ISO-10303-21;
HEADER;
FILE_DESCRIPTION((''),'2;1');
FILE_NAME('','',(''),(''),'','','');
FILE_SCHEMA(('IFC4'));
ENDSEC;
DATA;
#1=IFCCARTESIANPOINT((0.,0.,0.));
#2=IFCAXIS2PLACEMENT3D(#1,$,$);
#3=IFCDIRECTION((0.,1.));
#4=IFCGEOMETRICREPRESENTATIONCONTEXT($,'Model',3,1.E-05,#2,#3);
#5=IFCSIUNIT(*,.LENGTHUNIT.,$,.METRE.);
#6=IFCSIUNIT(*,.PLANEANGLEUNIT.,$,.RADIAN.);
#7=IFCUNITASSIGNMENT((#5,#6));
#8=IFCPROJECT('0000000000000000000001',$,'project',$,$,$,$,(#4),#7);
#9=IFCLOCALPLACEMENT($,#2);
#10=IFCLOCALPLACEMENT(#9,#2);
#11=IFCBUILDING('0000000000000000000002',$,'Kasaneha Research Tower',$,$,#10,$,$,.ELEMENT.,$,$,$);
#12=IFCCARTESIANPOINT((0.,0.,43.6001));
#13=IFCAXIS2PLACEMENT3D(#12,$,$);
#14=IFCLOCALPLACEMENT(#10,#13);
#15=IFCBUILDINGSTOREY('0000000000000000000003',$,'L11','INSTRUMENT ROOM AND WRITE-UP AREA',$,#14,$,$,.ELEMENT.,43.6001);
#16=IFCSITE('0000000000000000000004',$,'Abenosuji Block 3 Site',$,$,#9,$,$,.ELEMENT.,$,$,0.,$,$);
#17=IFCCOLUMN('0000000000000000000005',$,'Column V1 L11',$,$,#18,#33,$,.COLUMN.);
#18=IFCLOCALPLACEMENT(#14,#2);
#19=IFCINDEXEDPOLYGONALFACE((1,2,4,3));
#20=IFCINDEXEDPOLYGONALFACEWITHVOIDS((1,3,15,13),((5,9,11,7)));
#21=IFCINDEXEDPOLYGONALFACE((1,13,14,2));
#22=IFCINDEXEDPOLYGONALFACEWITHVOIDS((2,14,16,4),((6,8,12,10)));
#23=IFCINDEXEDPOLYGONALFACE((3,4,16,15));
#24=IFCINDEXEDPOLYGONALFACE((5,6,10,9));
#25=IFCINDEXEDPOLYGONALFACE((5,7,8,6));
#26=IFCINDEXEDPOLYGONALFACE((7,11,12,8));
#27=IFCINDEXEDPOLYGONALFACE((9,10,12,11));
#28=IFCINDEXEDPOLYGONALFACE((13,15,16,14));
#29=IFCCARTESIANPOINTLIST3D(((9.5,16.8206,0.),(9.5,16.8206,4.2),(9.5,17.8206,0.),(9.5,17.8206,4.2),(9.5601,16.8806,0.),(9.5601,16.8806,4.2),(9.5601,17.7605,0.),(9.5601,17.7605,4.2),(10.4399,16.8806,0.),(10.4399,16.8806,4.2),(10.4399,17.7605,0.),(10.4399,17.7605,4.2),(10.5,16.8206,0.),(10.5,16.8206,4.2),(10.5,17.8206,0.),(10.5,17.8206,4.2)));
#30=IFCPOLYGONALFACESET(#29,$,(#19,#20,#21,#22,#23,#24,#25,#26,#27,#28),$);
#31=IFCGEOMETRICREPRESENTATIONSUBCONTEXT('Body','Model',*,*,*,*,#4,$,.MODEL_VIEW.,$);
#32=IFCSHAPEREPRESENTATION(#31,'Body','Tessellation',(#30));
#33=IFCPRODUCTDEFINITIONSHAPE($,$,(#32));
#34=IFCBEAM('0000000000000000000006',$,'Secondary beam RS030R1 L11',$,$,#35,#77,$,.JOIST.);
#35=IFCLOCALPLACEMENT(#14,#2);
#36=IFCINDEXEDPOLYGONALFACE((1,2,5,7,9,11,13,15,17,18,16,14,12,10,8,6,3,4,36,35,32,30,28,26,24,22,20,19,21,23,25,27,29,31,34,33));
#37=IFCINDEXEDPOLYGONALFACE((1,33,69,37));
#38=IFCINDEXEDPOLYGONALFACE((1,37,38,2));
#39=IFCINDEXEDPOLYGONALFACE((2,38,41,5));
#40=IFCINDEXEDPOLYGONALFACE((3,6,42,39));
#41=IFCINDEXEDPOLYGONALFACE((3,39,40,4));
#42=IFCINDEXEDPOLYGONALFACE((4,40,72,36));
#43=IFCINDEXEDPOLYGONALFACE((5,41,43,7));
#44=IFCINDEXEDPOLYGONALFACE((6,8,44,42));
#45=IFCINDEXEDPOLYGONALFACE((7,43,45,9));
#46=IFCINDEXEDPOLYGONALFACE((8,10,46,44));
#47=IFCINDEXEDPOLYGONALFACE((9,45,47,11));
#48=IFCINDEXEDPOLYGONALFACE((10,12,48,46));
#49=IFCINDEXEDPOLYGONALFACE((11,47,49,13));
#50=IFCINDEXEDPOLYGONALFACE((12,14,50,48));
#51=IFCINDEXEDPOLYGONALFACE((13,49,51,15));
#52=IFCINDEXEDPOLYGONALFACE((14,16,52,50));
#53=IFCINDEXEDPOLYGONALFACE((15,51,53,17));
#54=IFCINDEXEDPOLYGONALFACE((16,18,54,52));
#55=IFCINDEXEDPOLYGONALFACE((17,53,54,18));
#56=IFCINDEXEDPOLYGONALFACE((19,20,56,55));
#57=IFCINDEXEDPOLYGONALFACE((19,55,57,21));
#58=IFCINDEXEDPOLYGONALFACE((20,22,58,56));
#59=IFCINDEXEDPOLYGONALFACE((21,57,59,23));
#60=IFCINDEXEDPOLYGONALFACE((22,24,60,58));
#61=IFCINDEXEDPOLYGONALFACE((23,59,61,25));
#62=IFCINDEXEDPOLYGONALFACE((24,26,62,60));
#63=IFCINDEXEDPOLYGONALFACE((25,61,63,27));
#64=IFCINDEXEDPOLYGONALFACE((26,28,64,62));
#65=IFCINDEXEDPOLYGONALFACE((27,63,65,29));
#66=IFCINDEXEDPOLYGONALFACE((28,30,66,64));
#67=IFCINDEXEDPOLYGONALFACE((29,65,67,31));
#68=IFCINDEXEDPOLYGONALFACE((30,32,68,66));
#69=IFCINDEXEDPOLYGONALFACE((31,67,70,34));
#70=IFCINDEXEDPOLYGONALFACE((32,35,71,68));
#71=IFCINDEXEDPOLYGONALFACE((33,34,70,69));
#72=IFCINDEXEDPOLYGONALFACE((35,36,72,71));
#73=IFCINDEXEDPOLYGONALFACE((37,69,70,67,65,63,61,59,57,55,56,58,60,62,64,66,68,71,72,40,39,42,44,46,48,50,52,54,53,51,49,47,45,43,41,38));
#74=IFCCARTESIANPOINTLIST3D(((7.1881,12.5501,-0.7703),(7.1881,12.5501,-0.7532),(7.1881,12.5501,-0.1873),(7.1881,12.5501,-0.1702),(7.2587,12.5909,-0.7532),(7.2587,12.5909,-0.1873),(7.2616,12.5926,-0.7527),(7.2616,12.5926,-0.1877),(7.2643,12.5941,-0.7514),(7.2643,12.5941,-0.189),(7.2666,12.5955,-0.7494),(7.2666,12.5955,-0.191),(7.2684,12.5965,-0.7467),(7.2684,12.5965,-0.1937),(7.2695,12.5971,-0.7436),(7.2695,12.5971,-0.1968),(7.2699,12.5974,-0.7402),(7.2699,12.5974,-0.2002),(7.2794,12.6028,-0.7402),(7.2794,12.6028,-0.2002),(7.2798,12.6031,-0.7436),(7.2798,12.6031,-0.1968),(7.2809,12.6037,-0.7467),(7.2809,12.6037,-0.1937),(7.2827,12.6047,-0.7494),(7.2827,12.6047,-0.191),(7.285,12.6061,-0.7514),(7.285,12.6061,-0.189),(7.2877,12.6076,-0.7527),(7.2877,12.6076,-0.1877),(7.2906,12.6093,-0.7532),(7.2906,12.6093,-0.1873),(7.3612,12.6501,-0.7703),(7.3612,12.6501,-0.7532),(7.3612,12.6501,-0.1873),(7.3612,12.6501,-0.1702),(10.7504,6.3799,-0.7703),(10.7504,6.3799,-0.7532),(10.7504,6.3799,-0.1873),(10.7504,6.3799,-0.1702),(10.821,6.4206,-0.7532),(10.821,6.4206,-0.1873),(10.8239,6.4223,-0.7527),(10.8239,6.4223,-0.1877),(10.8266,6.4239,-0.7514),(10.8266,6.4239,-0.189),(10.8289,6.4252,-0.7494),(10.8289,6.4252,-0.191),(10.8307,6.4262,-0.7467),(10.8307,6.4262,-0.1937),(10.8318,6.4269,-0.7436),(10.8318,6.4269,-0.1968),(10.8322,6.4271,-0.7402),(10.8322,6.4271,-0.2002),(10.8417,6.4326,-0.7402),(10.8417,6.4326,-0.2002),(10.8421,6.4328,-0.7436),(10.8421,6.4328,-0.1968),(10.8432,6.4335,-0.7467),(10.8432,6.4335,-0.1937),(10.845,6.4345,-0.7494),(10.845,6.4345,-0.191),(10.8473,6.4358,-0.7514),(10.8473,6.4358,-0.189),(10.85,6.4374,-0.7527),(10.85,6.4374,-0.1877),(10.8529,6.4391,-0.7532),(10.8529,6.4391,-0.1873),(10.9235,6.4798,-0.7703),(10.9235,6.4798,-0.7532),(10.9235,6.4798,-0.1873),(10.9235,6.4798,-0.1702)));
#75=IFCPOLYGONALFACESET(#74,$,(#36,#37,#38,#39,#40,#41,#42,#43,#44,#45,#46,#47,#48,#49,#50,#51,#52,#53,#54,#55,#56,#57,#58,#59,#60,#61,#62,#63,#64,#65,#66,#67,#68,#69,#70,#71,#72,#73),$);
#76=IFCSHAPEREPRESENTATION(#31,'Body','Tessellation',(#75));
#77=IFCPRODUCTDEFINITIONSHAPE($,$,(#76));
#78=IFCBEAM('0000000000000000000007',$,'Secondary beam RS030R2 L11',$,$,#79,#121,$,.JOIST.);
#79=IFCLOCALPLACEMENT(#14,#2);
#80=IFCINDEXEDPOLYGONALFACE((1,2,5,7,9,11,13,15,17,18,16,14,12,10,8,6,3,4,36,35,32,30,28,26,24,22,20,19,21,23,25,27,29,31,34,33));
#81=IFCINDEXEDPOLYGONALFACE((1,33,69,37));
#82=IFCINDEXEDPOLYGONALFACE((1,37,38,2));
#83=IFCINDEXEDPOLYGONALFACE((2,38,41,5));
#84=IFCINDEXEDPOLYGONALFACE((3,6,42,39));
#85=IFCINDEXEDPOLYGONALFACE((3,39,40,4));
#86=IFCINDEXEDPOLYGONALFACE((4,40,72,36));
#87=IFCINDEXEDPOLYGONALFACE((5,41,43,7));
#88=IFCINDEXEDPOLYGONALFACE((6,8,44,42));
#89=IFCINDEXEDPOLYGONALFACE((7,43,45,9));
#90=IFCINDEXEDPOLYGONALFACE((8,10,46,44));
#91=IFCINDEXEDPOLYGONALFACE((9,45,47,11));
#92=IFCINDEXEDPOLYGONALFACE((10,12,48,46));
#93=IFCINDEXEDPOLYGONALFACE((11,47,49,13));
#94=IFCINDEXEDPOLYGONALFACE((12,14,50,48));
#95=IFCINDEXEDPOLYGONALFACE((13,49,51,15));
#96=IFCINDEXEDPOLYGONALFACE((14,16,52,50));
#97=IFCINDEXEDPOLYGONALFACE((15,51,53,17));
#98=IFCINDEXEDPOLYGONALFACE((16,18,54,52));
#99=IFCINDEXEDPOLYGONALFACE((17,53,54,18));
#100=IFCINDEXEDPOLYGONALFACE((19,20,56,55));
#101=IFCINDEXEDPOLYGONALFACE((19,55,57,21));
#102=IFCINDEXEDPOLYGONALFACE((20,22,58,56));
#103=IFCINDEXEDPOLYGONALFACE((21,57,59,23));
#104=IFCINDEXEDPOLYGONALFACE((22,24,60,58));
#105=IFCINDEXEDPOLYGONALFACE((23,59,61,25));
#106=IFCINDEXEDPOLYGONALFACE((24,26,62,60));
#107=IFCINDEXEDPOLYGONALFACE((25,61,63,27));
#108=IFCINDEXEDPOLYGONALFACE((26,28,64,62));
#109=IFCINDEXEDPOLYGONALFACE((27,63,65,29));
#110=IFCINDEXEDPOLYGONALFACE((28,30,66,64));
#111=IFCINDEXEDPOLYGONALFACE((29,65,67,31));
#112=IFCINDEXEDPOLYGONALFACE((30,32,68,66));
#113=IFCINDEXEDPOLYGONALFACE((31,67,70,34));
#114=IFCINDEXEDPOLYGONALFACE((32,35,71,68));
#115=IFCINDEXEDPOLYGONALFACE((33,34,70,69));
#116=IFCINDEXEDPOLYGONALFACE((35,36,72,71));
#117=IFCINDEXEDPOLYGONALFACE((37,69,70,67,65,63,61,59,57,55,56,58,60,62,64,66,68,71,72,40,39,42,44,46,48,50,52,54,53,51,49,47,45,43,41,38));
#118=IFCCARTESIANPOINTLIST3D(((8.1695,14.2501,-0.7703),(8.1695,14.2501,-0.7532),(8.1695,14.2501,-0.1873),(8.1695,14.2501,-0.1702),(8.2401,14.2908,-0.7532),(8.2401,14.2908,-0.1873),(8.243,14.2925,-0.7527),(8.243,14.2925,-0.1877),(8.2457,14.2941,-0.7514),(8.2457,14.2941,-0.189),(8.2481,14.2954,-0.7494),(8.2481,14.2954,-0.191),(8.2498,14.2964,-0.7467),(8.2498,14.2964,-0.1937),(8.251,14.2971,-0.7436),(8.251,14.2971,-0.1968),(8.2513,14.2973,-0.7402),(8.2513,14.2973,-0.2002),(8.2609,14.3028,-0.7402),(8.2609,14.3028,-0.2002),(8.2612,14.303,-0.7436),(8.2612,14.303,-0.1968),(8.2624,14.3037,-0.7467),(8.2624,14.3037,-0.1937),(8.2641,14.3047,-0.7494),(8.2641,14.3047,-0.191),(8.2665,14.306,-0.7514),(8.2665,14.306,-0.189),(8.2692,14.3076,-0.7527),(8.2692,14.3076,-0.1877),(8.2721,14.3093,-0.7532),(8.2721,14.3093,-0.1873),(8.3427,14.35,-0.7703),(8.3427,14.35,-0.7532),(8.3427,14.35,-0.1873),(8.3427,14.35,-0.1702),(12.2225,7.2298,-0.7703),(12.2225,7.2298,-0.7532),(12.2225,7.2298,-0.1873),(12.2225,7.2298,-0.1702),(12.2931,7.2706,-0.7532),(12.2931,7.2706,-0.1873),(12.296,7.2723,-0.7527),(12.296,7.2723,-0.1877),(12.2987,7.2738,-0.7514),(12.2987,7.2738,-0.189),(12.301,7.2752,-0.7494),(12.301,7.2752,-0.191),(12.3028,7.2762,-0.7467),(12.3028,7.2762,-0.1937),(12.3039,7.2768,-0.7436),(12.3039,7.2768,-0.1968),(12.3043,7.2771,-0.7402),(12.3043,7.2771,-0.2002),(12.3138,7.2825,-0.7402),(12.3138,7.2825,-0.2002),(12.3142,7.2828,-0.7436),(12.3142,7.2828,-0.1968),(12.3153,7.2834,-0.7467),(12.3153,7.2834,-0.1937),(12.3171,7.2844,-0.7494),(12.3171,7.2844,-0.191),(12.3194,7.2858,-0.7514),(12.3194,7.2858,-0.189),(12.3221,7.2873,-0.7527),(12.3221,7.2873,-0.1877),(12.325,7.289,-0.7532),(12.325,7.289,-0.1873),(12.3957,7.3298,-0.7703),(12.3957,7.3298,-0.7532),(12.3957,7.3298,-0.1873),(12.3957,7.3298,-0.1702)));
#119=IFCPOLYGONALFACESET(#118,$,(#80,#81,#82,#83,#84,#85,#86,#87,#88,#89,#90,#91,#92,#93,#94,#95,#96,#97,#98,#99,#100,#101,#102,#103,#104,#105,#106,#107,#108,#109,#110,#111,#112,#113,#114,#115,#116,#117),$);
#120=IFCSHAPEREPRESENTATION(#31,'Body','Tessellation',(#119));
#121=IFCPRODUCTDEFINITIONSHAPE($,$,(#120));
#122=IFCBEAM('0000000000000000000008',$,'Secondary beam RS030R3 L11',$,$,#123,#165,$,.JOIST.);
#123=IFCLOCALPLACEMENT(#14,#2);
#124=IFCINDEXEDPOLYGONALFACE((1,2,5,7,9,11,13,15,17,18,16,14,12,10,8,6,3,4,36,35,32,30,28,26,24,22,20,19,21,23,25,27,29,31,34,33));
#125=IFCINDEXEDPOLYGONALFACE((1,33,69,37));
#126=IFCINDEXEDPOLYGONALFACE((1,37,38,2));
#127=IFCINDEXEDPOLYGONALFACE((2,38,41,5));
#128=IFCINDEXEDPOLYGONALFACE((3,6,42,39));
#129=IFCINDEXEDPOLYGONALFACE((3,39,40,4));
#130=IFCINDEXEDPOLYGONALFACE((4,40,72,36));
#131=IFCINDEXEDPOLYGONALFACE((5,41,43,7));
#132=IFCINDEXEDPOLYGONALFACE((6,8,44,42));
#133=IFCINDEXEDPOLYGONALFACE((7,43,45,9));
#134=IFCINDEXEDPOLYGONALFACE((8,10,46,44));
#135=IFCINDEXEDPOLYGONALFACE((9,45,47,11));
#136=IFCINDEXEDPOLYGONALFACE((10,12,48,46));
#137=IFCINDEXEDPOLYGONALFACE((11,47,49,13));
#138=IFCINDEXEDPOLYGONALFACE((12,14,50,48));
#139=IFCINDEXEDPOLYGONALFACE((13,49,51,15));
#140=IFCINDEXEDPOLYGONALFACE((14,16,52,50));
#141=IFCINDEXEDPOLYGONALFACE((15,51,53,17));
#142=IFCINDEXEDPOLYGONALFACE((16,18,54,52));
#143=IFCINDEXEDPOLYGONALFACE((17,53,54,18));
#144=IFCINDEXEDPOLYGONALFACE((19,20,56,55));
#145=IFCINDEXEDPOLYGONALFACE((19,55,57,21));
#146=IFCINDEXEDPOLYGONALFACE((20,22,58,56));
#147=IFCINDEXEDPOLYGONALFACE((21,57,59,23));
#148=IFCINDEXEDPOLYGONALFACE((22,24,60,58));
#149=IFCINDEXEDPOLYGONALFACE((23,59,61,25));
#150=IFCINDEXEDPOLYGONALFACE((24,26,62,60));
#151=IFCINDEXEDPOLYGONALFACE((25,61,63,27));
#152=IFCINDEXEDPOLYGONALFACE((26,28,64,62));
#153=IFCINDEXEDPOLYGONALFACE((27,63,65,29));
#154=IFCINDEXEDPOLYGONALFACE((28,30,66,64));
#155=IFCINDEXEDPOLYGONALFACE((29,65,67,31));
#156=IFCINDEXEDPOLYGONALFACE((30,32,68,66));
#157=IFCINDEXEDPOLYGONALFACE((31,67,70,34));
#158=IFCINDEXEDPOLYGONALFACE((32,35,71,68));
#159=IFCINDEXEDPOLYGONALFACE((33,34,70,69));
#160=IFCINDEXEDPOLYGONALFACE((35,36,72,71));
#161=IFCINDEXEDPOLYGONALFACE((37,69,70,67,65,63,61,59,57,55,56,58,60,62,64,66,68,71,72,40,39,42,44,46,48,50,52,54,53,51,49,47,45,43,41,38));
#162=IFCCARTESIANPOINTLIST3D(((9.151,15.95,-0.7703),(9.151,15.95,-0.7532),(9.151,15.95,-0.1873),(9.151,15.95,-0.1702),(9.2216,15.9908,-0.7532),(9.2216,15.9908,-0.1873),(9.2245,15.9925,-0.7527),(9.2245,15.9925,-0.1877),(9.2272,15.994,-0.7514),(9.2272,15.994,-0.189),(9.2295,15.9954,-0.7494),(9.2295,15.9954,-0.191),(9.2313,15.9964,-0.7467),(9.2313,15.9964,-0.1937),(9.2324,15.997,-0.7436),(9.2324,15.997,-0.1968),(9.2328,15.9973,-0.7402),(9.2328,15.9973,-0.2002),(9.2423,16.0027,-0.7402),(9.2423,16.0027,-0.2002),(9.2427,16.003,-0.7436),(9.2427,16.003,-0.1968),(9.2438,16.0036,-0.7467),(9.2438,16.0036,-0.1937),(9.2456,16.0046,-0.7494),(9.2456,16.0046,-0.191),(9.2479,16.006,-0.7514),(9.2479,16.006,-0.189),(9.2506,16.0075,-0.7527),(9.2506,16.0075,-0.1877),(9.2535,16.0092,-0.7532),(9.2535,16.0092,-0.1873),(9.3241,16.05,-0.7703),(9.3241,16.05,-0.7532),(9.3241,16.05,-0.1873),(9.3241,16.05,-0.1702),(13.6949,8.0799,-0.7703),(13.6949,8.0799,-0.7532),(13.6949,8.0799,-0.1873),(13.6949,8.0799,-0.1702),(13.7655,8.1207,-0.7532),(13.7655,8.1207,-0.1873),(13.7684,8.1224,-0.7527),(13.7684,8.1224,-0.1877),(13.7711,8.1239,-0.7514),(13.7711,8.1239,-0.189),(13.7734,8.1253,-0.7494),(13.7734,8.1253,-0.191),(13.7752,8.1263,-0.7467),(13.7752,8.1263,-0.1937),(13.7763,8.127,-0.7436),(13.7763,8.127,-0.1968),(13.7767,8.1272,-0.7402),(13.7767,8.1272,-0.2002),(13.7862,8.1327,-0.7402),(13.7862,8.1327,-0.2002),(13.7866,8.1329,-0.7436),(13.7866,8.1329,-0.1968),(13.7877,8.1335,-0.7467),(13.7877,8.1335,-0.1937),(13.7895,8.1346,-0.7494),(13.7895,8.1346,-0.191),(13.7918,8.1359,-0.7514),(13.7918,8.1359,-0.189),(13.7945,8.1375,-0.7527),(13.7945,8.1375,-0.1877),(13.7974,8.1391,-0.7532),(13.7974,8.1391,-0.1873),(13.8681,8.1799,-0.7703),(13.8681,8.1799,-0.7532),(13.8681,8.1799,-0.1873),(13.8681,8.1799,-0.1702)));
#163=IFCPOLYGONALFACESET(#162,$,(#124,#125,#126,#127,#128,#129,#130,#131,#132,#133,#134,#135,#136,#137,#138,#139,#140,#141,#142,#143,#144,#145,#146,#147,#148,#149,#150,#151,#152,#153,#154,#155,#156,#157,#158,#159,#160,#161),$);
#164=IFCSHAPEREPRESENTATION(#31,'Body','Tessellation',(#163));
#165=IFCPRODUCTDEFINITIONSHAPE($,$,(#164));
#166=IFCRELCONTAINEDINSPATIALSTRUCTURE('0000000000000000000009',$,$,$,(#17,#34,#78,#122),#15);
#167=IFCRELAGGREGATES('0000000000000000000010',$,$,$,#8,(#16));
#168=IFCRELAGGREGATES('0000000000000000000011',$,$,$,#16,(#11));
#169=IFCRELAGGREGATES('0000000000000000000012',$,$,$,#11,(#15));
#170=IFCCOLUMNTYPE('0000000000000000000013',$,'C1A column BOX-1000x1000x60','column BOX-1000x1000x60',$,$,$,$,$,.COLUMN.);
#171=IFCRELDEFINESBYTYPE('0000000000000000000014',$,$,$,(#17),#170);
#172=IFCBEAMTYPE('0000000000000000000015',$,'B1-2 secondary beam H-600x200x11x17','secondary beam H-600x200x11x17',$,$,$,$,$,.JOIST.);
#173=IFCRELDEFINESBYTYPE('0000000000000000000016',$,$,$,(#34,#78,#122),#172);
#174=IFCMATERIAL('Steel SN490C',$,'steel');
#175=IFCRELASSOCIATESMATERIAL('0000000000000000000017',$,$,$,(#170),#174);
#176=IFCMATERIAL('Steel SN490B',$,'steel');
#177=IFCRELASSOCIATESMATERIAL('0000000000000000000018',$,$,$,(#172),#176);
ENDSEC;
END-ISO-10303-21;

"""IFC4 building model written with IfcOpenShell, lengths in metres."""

from ifc_helpers import new_model, si_unit, direction, frame, origin, origin_2d, place, context, subcontext, project, spatial, hollow_rectangle, i_section, extrude, material, material_profile, profile_set, type_object, element, save


model = new_model("IFC4")

# Units and contexts
model_context = context("Model", 3, precision=1e-05, world=origin(), true_north=direction((0.0, 1.0)))
body_context = subcontext(model_context, "Body", "Model", "MODEL_VIEW")
ifc_project = project(units=[si_unit("LENGTHUNIT", "METRE"), si_unit("PLANEANGLEUNIT", "RADIAN")], contexts=[model_context])

# Site, building, storey
site_placement = place(None, origin())
site = spatial("IfcSite", under=ifc_project, at=site_placement, Name="Abenosuji Block 3 Site", CompositionType="ELEMENT", RefElevation=0.0)
building_placement = place(site_placement, origin())
building = spatial("IfcBuilding", under=site, at=building_placement, Name="Kasaneha Research Tower", CompositionType="ELEMENT")
storey_placement = place(building_placement, frame((0.0, 0.0, 43.6001)))
storey = spatial("IfcBuildingStorey", under=building, at=storey_placement, Name="L11", Description="INSTRUMENT ROOM AND WRITE-UP AREA", CompositionType="ELEMENT", Elevation=43.6001)

# Column
ifc_material_1 = material(Name="Steel SN490C", Category="steel")
ifc_material_profile_1 = material_profile(ifc_material_1, hollow_rectangle(XDim=1.0, YDim=1.0, WallThickness=0.0601, at=origin_2d()), Name="BOX-1000x1000x60")
ifc_profile_set_1 = profile_set([ifc_material_profile_1], Name="Steel SN490C")
column_type = type_object("IfcColumnType", Name="C1A column BOX-1000x1000x60", Description="column BOX-1000x1000x60", PredefinedType="COLUMN", material=ifc_profile_set_1)
column_placement = place(storey_placement, frame((10.0, 17.3206, 0.0), z_axis=(0.0, 0.0, 1.0), x_axis=(1.0, 0.0, 0.0)))
element("IfcColumn", 1, at=column_placement, inside=storey, type_object=column_type, Name="Column V1 L11", PredefinedType="COLUMN", context=body_context, shape_type="SweptSolid", body=[
    extrude(hollow_rectangle(XDim=1.0, YDim=1.0, WallThickness=0.0601, at=origin_2d()), origin(), (0.0, 0.0, 1.0), 4.2),
])

# Beams
ifc_material_2 = material(Name="Steel SN490B", Category="steel")
ifc_material_profile_2 = material_profile(ifc_material_2, i_section(OverallWidth=0.2, OverallDepth=0.6001, WebThickness=0.011, FlangeThickness=0.0171, FilletRadius=0.0129, at=origin_2d()), Name="H-600x200x11x17")
ifc_profile_set_2 = profile_set([ifc_material_profile_2], Name="Steel SN490B")
beam_type_1 = type_object("IfcBeamType", Name="B1-2 secondary beam H-600x200x11x17", Description="secondary beam H-600x200x11x17", PredefinedType="JOIST", material=ifc_profile_set_2)
beam_1_placement = place(storey_placement, frame((7.2747, 12.6001, -0.4702), z_axis=(0.49999, -0.866031, 0.0), x_axis=(0.866031, 0.49999, 0.0)))
element("IfcBeam", 2, at=beam_1_placement, inside=storey, type_object=beam_type_1, Name="Secondary beam RS030R1 L11", PredefinedType="JOIST", context=body_context, shape_type="SweptSolid", body=[
    extrude(i_section(OverallWidth=0.2, OverallDepth=0.6001, WebThickness=0.011, FlangeThickness=0.0171, FilletRadius=0.0129, at=origin_2d()), origin(), (0.0, 0.0, 1.0), 7.1248),
])
beam_2_placement = place(storey_placement, frame((8.2561, 14.3, -0.4702), z_axis=(0.499984, -0.866035, 0.0), x_axis=(0.866035, 0.499984, 0.0)))
element("IfcBeam", 3, at=beam_2_placement, inside=storey, type_object=beam_type_1, Name="Secondary beam RS030R2 L11", PredefinedType="JOIST", context=body_context, shape_type="SweptSolid", body=[
    extrude(i_section(OverallWidth=0.2, OverallDepth=0.6001, WebThickness=0.011, FlangeThickness=0.0171, FilletRadius=0.0129, at=origin_2d()), origin(), (0.0, 0.0, 1.0), 8.1062),
])
beam_3_placement = place(storey_placement, frame((9.2375, 16.0, -0.4702), z_axis=(0.500011, -0.866019, 0.0), x_axis=(0.866019, 0.500011, 0.0)))
element("IfcBeam", 4, at=beam_3_placement, inside=storey, type_object=beam_type_1, Name="Secondary beam RS030R3 L11", PredefinedType="JOIST", context=body_context, shape_type="SweptSolid", body=[
    extrude(i_section(OverallWidth=0.2, OverallDepth=0.6001, WebThickness=0.011, FlangeThickness=0.0171, FilletRadius=0.0129, at=origin_2d()), origin(), (0.0, 0.0, 1.0), 9.0876),
])

save(model, "model.ifc")
